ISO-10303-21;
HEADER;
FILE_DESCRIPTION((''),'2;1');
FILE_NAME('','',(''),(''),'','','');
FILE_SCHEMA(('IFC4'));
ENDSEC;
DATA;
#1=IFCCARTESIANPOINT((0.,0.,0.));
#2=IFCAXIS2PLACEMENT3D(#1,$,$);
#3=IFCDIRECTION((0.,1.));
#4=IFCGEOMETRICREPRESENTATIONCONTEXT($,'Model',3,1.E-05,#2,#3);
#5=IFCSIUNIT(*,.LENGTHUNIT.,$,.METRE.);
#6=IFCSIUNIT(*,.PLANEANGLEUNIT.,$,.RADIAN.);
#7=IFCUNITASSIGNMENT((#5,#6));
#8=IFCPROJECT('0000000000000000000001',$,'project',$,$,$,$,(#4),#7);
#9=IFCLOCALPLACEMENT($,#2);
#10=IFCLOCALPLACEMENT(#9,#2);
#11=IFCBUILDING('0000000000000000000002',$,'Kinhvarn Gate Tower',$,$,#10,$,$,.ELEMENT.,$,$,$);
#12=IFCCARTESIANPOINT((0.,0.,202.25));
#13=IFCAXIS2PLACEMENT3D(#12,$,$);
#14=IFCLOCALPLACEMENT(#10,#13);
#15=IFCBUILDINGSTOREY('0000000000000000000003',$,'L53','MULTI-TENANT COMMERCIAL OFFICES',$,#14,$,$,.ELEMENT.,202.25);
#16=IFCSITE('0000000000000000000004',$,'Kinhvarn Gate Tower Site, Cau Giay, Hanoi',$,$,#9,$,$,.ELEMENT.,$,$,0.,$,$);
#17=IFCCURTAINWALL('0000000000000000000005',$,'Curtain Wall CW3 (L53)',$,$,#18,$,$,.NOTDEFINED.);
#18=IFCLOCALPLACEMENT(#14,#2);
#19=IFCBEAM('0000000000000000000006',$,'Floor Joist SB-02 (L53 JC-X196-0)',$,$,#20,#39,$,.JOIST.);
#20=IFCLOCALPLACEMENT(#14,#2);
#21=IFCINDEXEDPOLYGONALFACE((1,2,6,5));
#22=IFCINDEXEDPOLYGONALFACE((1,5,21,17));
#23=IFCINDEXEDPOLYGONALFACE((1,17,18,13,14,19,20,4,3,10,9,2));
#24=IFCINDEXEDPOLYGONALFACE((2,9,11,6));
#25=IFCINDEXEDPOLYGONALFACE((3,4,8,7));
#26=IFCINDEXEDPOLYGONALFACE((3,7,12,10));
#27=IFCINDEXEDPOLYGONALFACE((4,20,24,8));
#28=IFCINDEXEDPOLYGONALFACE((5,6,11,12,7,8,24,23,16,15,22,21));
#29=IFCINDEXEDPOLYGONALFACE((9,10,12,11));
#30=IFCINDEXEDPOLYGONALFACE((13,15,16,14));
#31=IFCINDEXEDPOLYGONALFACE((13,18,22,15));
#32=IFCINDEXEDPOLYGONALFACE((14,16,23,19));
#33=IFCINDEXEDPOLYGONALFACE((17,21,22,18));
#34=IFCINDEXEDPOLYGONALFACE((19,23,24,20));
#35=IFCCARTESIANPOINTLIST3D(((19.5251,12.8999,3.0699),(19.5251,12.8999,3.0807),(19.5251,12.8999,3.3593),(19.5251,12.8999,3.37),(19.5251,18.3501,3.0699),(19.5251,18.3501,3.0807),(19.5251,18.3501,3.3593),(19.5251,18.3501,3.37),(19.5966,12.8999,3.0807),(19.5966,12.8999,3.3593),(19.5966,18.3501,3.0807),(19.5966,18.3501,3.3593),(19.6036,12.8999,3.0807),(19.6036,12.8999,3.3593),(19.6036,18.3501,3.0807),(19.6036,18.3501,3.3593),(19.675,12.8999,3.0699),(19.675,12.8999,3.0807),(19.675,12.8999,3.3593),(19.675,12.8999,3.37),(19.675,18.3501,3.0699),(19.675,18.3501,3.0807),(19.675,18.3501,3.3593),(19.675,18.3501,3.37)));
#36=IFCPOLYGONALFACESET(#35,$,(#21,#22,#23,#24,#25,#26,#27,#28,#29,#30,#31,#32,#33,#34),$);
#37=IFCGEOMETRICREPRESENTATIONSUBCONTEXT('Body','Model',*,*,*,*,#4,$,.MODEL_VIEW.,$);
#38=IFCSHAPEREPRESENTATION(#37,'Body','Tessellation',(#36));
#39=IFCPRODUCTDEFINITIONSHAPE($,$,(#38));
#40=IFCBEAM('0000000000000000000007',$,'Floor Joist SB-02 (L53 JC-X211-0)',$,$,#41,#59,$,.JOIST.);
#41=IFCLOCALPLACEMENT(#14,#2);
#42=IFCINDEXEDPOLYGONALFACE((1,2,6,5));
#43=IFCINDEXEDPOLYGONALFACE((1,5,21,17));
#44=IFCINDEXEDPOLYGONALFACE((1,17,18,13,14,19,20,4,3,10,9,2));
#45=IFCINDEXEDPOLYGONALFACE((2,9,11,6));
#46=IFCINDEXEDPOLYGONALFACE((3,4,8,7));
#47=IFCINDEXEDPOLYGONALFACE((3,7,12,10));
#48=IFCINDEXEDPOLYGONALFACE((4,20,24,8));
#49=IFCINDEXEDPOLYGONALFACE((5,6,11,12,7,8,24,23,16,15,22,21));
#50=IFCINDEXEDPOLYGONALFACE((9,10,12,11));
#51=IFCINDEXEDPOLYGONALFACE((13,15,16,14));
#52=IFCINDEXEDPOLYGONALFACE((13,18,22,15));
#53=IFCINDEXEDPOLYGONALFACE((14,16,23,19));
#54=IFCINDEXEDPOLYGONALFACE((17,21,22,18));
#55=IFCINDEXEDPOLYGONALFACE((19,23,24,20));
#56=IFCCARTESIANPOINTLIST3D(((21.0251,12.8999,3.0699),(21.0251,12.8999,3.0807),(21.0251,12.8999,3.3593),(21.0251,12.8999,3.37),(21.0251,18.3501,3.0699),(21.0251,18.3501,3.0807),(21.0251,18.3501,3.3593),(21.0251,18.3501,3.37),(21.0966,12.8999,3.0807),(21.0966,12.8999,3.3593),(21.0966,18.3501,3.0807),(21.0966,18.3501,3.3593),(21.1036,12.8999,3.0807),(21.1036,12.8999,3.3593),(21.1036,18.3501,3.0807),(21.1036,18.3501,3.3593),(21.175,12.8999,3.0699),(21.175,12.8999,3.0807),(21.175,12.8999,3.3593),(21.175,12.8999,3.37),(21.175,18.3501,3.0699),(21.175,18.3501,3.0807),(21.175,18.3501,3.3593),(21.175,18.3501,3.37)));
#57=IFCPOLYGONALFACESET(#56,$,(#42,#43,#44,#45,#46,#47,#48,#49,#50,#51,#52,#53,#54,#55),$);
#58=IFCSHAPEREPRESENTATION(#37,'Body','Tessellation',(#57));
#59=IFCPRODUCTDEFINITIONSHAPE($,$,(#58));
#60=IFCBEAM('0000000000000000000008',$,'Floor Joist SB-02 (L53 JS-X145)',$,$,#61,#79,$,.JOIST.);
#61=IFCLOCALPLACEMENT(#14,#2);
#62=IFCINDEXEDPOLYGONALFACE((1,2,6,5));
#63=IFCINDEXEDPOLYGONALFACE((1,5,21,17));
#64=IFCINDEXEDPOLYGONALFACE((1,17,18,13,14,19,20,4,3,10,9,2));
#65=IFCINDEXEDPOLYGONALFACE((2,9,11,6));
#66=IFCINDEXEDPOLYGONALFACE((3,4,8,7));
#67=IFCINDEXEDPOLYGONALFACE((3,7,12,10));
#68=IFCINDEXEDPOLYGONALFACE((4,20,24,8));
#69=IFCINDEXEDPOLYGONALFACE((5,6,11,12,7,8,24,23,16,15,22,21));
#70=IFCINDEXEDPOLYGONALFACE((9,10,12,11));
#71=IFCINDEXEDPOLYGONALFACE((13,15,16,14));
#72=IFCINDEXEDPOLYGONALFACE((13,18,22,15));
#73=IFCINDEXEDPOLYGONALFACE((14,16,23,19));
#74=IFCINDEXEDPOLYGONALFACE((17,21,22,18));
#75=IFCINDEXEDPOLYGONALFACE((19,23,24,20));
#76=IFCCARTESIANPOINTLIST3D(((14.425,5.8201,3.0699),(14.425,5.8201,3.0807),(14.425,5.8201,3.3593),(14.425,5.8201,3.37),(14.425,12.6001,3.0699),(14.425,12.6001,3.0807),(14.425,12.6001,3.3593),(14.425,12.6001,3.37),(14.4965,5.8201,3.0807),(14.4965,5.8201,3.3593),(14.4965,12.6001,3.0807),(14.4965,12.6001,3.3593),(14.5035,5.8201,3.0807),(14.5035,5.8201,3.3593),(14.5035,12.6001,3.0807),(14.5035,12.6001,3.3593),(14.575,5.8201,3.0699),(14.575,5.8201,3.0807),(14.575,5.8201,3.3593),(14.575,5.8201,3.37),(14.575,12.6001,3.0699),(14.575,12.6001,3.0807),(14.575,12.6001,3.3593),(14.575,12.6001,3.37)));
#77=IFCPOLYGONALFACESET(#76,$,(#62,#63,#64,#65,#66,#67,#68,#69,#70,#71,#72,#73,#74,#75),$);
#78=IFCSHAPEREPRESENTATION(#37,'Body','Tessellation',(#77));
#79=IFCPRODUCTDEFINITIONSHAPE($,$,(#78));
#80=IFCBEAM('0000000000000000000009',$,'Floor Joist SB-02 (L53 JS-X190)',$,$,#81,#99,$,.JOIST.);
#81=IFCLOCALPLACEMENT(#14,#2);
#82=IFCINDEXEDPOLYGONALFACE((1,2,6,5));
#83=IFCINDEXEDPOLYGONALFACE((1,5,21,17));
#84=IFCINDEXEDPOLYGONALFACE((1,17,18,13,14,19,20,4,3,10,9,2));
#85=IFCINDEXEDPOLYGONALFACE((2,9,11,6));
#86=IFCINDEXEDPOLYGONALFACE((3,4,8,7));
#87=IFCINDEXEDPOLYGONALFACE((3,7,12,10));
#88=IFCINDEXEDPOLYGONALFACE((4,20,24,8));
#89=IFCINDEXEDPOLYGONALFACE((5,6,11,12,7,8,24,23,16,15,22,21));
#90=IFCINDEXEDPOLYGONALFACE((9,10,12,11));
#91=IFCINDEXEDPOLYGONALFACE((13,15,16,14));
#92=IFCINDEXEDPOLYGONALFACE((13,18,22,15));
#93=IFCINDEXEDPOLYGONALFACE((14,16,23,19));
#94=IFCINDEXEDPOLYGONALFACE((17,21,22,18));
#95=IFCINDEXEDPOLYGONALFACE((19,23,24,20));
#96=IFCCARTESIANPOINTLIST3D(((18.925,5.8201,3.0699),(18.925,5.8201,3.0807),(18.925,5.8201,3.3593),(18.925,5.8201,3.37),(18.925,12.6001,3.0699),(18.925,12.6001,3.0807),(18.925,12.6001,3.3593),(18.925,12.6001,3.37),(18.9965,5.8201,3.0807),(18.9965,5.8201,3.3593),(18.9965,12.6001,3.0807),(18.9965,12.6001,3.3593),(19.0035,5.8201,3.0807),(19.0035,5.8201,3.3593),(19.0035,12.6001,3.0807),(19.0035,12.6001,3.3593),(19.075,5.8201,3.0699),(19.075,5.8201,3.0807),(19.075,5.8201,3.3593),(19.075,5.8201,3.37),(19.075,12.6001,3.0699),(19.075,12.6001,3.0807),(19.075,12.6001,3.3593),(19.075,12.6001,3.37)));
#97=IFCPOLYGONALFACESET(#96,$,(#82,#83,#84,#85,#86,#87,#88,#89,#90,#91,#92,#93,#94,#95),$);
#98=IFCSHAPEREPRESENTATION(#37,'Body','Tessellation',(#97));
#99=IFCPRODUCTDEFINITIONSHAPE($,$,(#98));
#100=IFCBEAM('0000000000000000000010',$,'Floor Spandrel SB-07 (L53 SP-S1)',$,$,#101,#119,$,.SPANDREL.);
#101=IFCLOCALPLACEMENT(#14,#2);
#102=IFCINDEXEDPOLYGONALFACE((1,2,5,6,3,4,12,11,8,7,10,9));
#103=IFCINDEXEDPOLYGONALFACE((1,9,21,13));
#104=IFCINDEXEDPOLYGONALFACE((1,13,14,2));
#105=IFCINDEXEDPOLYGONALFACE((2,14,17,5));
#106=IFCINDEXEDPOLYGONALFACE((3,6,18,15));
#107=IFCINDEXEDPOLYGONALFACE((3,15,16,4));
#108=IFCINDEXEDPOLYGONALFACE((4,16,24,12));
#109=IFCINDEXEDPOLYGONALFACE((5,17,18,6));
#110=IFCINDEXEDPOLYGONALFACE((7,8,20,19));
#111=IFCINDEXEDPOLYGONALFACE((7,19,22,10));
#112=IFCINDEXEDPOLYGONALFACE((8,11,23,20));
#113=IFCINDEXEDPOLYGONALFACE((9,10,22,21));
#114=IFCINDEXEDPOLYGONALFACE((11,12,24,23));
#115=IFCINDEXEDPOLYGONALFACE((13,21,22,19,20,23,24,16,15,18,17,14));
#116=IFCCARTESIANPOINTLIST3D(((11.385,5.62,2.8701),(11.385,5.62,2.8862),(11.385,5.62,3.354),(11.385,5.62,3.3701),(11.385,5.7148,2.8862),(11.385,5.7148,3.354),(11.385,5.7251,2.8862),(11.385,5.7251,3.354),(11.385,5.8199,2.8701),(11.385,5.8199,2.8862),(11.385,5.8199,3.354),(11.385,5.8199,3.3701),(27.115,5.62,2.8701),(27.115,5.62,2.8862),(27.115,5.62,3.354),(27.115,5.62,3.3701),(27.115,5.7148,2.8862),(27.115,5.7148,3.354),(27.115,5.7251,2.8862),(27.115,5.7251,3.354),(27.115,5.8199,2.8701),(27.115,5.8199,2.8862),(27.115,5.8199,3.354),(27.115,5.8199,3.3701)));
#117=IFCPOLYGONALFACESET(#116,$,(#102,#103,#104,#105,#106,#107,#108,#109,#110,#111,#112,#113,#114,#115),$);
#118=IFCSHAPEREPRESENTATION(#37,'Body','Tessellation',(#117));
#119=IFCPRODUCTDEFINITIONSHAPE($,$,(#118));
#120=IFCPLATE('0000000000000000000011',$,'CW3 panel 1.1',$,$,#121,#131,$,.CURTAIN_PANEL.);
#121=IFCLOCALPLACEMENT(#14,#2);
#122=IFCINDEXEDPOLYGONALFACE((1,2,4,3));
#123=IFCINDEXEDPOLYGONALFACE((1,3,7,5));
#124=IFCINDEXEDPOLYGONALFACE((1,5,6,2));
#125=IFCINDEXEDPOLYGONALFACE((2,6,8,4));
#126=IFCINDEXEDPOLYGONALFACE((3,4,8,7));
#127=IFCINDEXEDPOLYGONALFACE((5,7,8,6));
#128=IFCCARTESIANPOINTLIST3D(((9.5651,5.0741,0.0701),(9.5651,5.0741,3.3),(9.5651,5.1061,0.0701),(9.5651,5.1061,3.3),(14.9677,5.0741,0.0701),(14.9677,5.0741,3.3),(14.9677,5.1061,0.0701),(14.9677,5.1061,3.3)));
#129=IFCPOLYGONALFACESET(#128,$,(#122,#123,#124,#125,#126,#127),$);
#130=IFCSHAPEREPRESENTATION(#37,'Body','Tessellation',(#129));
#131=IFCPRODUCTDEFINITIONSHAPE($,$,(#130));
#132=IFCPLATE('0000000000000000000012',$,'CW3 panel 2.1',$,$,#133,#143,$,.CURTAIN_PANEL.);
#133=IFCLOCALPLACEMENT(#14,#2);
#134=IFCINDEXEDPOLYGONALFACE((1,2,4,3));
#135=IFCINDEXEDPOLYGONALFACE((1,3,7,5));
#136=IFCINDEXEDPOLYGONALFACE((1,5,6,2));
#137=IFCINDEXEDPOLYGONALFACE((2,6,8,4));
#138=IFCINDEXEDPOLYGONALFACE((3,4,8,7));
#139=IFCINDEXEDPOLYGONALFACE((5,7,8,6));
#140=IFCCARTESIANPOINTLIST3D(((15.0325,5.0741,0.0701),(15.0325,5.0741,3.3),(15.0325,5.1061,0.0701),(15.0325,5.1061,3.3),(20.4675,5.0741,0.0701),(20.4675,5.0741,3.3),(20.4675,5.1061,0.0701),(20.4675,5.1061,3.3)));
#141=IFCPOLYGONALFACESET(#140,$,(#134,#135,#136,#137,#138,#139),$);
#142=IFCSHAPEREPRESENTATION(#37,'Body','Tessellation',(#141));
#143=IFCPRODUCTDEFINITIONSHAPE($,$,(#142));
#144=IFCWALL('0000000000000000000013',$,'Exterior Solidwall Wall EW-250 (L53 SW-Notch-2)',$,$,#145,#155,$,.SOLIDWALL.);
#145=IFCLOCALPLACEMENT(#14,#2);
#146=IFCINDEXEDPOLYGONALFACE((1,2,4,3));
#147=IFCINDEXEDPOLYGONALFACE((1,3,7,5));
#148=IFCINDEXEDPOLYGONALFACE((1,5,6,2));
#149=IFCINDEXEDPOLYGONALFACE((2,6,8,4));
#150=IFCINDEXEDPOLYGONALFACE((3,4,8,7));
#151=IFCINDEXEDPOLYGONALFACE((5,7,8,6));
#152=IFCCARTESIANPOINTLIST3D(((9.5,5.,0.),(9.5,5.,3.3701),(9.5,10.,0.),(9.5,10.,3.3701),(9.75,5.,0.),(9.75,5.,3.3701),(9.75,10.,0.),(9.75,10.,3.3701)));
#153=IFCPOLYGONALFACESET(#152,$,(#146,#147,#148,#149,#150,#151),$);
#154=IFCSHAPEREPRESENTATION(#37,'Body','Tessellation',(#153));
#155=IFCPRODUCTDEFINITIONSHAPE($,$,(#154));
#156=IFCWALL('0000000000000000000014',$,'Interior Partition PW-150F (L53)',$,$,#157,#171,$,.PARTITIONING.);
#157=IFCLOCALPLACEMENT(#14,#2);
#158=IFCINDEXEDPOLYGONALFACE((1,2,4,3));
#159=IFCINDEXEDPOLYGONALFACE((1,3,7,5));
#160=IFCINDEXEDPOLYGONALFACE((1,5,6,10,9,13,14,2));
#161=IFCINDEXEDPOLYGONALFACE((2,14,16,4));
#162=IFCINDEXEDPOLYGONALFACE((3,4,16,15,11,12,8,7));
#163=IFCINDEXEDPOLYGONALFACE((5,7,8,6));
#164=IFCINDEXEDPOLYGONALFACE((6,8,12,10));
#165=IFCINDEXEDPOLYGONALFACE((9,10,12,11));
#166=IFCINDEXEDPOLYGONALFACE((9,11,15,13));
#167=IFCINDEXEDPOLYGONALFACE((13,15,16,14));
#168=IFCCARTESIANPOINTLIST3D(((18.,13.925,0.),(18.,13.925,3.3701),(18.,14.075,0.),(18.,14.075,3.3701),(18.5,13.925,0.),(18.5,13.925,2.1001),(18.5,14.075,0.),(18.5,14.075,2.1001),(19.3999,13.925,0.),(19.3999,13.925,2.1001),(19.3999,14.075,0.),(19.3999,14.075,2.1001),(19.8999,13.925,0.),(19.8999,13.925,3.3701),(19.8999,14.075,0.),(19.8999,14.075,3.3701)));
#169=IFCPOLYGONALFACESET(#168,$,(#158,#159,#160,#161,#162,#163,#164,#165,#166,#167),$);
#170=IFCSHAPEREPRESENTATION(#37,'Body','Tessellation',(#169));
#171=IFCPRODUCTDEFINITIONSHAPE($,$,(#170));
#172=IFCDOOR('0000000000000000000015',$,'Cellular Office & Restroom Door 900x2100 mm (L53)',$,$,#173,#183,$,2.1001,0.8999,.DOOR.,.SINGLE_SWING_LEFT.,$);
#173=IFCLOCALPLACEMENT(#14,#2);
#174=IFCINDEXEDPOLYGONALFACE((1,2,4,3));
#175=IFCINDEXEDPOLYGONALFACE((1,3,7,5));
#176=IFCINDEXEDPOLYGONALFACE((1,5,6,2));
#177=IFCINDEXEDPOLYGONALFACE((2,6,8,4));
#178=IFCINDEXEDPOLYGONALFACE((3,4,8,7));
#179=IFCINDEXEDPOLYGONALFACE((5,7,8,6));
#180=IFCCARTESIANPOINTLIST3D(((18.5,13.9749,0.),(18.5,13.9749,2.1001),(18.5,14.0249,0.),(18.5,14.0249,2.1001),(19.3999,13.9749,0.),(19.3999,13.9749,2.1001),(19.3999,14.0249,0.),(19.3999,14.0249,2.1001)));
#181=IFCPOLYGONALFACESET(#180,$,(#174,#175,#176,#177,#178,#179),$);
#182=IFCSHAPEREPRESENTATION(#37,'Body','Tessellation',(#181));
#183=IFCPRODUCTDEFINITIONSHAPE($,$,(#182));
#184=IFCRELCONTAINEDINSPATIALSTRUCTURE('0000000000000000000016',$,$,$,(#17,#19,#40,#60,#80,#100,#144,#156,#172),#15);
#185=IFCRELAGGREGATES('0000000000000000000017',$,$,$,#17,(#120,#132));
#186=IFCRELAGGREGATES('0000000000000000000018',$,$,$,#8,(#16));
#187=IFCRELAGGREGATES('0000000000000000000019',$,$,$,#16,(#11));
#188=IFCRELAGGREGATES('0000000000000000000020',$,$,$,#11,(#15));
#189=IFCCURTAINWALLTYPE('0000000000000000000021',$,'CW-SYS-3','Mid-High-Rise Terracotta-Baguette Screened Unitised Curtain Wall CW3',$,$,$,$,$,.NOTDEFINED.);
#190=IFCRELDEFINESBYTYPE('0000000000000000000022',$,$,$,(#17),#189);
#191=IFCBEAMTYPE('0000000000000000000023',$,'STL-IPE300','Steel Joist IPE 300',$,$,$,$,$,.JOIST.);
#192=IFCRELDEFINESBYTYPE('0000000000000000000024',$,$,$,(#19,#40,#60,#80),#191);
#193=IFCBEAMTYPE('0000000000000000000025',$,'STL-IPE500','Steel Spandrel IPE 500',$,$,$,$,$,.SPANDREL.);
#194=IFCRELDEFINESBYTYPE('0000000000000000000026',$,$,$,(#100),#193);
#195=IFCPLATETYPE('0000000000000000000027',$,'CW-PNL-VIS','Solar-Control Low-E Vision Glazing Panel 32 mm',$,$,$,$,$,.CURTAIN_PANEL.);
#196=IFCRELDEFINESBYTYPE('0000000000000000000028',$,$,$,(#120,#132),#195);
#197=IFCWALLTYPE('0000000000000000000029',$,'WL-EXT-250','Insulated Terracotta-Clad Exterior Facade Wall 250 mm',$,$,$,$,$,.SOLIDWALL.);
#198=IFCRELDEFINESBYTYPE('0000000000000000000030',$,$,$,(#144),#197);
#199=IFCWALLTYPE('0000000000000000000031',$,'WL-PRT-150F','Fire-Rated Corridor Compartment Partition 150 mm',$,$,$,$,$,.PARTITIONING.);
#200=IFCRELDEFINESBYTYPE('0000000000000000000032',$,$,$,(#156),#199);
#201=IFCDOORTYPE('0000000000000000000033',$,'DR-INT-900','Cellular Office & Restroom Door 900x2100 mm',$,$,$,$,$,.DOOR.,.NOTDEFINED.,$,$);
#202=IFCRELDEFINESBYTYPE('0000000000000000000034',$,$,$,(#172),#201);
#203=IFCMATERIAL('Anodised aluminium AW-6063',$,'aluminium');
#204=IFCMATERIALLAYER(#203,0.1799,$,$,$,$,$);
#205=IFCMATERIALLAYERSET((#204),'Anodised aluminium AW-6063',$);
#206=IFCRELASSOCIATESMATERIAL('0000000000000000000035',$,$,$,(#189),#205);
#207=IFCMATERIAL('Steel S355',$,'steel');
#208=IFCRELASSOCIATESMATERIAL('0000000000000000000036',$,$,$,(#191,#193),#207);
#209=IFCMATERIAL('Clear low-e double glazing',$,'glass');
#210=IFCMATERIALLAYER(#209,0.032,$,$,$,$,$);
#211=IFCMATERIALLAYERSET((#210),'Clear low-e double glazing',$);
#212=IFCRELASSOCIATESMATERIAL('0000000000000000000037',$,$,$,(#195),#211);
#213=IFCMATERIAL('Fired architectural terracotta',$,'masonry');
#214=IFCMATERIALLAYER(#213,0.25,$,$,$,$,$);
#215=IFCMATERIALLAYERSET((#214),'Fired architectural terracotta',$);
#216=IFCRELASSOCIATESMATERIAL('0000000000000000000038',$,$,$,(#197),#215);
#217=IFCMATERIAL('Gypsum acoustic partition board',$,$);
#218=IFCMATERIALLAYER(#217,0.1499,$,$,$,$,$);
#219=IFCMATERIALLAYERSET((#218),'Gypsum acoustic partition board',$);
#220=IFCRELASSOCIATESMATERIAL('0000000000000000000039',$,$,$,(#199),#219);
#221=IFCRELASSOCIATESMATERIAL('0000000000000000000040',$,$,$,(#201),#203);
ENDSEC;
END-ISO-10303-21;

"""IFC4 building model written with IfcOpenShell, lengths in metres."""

from ifc_helpers import new_model, si_unit, direction, frame, frame_2d, origin, origin_2d, place, context, subcontext, project, spatial, rectangle, i_section, extrude, material, layer, layer_set, material_profile, profile_set, type_object, element, fill, aggregate, save


model = new_model("IFC4")

# Units and contexts
model_context = context("Model", 3, precision=1e-05, world=origin(), true_north=direction((0.0, 1.0)))
body_context = subcontext(model_context, "Body", "Model", "MODEL_VIEW")
ifc_project = project(units=[si_unit("LENGTHUNIT", "METRE"), si_unit("PLANEANGLEUNIT", "RADIAN")], contexts=[model_context])

# Site, building, storey
site_placement = place(None, origin())
site = spatial("IfcSite", under=ifc_project, at=site_placement, Name="Kinhvarn Gate Tower Site, Cau Giay, Hanoi", CompositionType="ELEMENT", RefElevation=0.0)
building_placement = place(site_placement, origin())
building = spatial("IfcBuilding", under=site, at=building_placement, Name="Kinhvarn Gate Tower", CompositionType="ELEMENT")
storey_placement = place(building_placement, frame((0.0, 0.0, 202.25)))
storey = spatial("IfcBuildingStorey", under=building, at=storey_placement, Name="L53", Description="MULTI-TENANT COMMERCIAL OFFICES", CompositionType="ELEMENT", Elevation=202.25)

# Curtain wall
ifc_material_1 = material(Name="Anodised aluminium AW-6063", Category="aluminium")
ifc_layer_1 = layer(ifc_material_1, 0.1799)
ifc_layer_set_1 = layer_set([ifc_layer_1], Name="Anodised aluminium AW-6063")
curtain_wall_type = type_object("IfcCurtainWallType", Name="CW-SYS-3", Description="Mid-High-Rise Terracotta-Baguette Screened Unitised Curtain Wall CW3", PredefinedType="NOTDEFINED", material=ifc_layer_set_1)
curtain_wall_placement = place(storey_placement, origin())
curtain_wall = element("IfcCurtainWall", 1, at=curtain_wall_placement, inside=storey, type_object=curtain_wall_type, Name="Curtain Wall CW3 (L53)", PredefinedType="NOTDEFINED")

# Beams
ifc_material_2 = material(Name="Steel S355", Category="steel")
ifc_material_profile_1 = material_profile(ifc_material_2, i_section(OverallWidth=0.1499, OverallDepth=0.3, WebThickness=0.0071, FlangeThickness=0.0107, at=origin_2d()), Name="IPE 300")
ifc_profile_set_1 = profile_set([ifc_material_profile_1], Name="Steel S355")
beam_type_1 = type_object("IfcBeamType", Name="STL-IPE300", Description="Steel Joist IPE 300", PredefinedType="JOIST", material=ifc_profile_set_1)
for number, where, z_axis, x_axis, name in (
    (2, (19.6001, 12.8999, 3.22), (0.0, 1.0, 0.0), (-1.0, 0.0, 0.0), "Floor Joist SB-02 (L53 JC-X196-0)"),
    (3, (21.1001, 12.8999, 3.22), (0.0, 1.0, 0.0), (-1.0, 0.0, 0.0), "Floor Joist SB-02 (L53 JC-X211-0)"),
):
    element("IfcBeam", number, at=place(storey_placement, frame(where, z_axis=z_axis, x_axis=x_axis)), inside=storey, type_object=beam_type_1, Name=name, PredefinedType="JOIST", context=body_context, shape_type="SweptSolid", body=[
        extrude(i_section(OverallWidth=0.1499, OverallDepth=0.3, WebThickness=0.0071, FlangeThickness=0.0107, at=origin_2d()), origin(), (0.0, 0.0, 1.0), 5.4502),
    ])
for number, where, z_axis, x_axis, name in (
    (4, (14.5, 5.8201, 3.22), (0.0, 1.0, 0.0), (-1.0, 0.0, 0.0), "Floor Joist SB-02 (L53 JS-X145)"),
    (5, (19.0, 5.8201, 3.22), (0.0, 1.0, 0.0), (-1.0, 0.0, 0.0), "Floor Joist SB-02 (L53 JS-X190)"),
):
    element("IfcBeam", number, at=place(storey_placement, frame(where, z_axis=z_axis, x_axis=x_axis)), inside=storey, type_object=beam_type_1, Name=name, PredefinedType="JOIST", context=body_context, shape_type="SweptSolid", body=[
        extrude(i_section(OverallWidth=0.1499, OverallDepth=0.3, WebThickness=0.0071, FlangeThickness=0.0107, at=origin_2d()), origin(), (0.0, 0.0, 1.0), 6.78),
    ])
ifc_material_profile_2 = material_profile(ifc_material_2, i_section(OverallWidth=0.2, OverallDepth=0.5, WebThickness=0.0103, FlangeThickness=0.0161, at=origin_2d()), Name="IPE 500")
ifc_profile_set_2 = profile_set([ifc_material_profile_2], Name="Steel S355")
beam_type_2 = type_object("IfcBeamType", Name="STL-IPE500", Description="Steel Spandrel IPE 500", PredefinedType="SPANDREL", material=ifc_profile_set_2)
beam_1_placement = place(storey_placement, frame((11.385, 5.72, 3.1201), z_axis=(1.0, 0.0, 0.0), x_axis=(0.0, 1.0, 0.0)))
element("IfcBeam", 6, at=beam_1_placement, inside=storey, type_object=beam_type_2, Name="Floor Spandrel SB-07 (L53 SP-S1)", PredefinedType="SPANDREL", context=body_context, shape_type="SweptSolid", body=[
    extrude(i_section(OverallWidth=0.2, OverallDepth=0.5, WebThickness=0.0103, FlangeThickness=0.0161, at=origin_2d()), origin(), (0.0, 0.0, 1.0), 15.73),
])

# Plates
ifc_material_3 = material(Name="Clear low-e double glazing", Category="glass")
ifc_layer_2 = layer(ifc_material_3, 0.032)
ifc_layer_set_2 = layer_set([ifc_layer_2], Name="Clear low-e double glazing")
plate_type = type_object("IfcPlateType", Name="CW-PNL-VIS", Description="Solar-Control Low-E Vision Glazing Panel 32 mm", PredefinedType="CURTAIN_PANEL", material=ifc_layer_set_2)
plate_1_placement = place(storey_placement, frame((12.2664, 5.0901, 0.0701), z_axis=(0.0, 0.0, 1.0), x_axis=(1.0, 0.0, 0.0)))
plate_1 = element("IfcPlate", 7, at=plate_1_placement, type_object=plate_type, Name="CW3 panel 1.1", PredefinedType="CURTAIN_PANEL", context=body_context, shape_type="SweptSolid", body=[
    extrude(rectangle(XDim=5.4026, YDim=0.032, at=origin_2d()), origin(), (0.0, 0.0, 1.0), 3.23),
])
plate_2_placement = place(storey_placement, frame((17.75, 5.0901, 0.0701), z_axis=(0.0, 0.0, 1.0), x_axis=(1.0, 0.0, 0.0)))
plate_2 = element("IfcPlate", 8, at=plate_2_placement, type_object=plate_type, Name="CW3 panel 2.1", PredefinedType="CURTAIN_PANEL", context=body_context, shape_type="SweptSolid", body=[
    extrude(rectangle(XDim=5.4351, YDim=0.032, at=origin_2d()), origin(), (0.0, 0.0, 1.0), 3.23),
])
aggregate(curtain_wall, [plate_1, plate_2])

# Wall
ifc_material_4 = material(Name="Fired architectural terracotta", Category="masonry")
ifc_layer_3 = layer(ifc_material_4, 0.25)
ifc_layer_set_3 = layer_set([ifc_layer_3], Name="Fired architectural terracotta")
wall_type_1 = type_object("IfcWallType", Name="WL-EXT-250", Description="Insulated Terracotta-Clad Exterior Facade Wall 250 mm", PredefinedType="SOLIDWALL", material=ifc_layer_set_3)
wall_1_placement = place(storey_placement, frame((9.625, 10.0, 0.0), z_axis=(0.0, 0.0, 1.0), x_axis=(0.0, -1.0, 0.0)))
element("IfcWall", 9, at=wall_1_placement, inside=storey, type_object=wall_type_1, Name="Exterior Solidwall Wall EW-250 (L53 SW-Notch-2)", PredefinedType="SOLIDWALL", context=body_context, shape_type="SweptSolid", body=[
    extrude(rectangle(XDim=5.0, YDim=0.25, at=frame_2d((2.5, 0.0))), origin(), (0.0, 0.0, 1.0), 3.3701),
])

# Wall, opening, door
ifc_material_5 = material(Name="Gypsum acoustic partition board")
ifc_layer_4 = layer(ifc_material_5, 0.1499)
ifc_layer_set_4 = layer_set([ifc_layer_4], Name="Gypsum acoustic partition board")
wall_type_2 = type_object("IfcWallType", Name="WL-PRT-150F", Description="Fire-Rated Corridor Compartment Partition 150 mm", PredefinedType="PARTITIONING", material=ifc_layer_set_4)
wall_2_placement = place(storey_placement, frame((18.0, 14.0, 0.0), z_axis=(0.0, 0.0, 1.0), x_axis=(1.0, 0.0, 0.0)))
wall_2 = element("IfcWall", 10, at=wall_2_placement, inside=storey, type_object=wall_type_2, Name="Interior Partition PW-150F (L53)", PredefinedType="PARTITIONING", context=body_context, shape_type="SweptSolid", body=[
    extrude(rectangle(XDim=1.8999, YDim=0.1499, at=frame_2d((0.95, 0.0))), origin(), (0.0, 0.0, 1.0), 3.3701),
])
opening_placement = place(wall_2_placement, frame((0.5, 0.0, 0.0)))
opening = element("IfcOpeningElement", 11, at=opening_placement, cuts=wall_2, PredefinedType="OPENING", context=body_context, shape_type="SweptSolid", body=[
    extrude(rectangle(XDim=0.8999, YDim=2.1001, at=frame_2d((0.45, 1.05))), frame((0.0, 0.085, 0.0), z_axis=(0.0, -1.0, 0.0), x_axis=(1.0, 0.0, 0.0)), (0.0, 0.0, 1.0), 0.1699),
])
door_type = type_object("IfcDoorType", Name="DR-INT-900", Description="Cellular Office & Restroom Door 900x2100 mm", OperationType="NOTDEFINED", PredefinedType="DOOR", material=ifc_material_1)
door_placement = place(opening_placement, origin())
door = element("IfcDoor", 12, at=door_placement, inside=storey, type_object=door_type, Name="Cellular Office & Restroom Door 900x2100 mm (L53)", OperationType="SINGLE_SWING_LEFT", OverallHeight=2.1001, OverallWidth=0.8999, PredefinedType="DOOR", context=body_context, shape_type="SweptSolid", body=[
    extrude(rectangle(XDim=0.8999, YDim=2.1001, at=frame_2d((0.45, 1.05))), frame((0.0, 0.0249, 0.0), z_axis=(0.0, -1.0, 0.0), x_axis=(1.0, 0.0, 0.0)), (0.0, 0.0, 1.0), 0.05),
])
fill(opening, door)

save(model, "model.ifc")
